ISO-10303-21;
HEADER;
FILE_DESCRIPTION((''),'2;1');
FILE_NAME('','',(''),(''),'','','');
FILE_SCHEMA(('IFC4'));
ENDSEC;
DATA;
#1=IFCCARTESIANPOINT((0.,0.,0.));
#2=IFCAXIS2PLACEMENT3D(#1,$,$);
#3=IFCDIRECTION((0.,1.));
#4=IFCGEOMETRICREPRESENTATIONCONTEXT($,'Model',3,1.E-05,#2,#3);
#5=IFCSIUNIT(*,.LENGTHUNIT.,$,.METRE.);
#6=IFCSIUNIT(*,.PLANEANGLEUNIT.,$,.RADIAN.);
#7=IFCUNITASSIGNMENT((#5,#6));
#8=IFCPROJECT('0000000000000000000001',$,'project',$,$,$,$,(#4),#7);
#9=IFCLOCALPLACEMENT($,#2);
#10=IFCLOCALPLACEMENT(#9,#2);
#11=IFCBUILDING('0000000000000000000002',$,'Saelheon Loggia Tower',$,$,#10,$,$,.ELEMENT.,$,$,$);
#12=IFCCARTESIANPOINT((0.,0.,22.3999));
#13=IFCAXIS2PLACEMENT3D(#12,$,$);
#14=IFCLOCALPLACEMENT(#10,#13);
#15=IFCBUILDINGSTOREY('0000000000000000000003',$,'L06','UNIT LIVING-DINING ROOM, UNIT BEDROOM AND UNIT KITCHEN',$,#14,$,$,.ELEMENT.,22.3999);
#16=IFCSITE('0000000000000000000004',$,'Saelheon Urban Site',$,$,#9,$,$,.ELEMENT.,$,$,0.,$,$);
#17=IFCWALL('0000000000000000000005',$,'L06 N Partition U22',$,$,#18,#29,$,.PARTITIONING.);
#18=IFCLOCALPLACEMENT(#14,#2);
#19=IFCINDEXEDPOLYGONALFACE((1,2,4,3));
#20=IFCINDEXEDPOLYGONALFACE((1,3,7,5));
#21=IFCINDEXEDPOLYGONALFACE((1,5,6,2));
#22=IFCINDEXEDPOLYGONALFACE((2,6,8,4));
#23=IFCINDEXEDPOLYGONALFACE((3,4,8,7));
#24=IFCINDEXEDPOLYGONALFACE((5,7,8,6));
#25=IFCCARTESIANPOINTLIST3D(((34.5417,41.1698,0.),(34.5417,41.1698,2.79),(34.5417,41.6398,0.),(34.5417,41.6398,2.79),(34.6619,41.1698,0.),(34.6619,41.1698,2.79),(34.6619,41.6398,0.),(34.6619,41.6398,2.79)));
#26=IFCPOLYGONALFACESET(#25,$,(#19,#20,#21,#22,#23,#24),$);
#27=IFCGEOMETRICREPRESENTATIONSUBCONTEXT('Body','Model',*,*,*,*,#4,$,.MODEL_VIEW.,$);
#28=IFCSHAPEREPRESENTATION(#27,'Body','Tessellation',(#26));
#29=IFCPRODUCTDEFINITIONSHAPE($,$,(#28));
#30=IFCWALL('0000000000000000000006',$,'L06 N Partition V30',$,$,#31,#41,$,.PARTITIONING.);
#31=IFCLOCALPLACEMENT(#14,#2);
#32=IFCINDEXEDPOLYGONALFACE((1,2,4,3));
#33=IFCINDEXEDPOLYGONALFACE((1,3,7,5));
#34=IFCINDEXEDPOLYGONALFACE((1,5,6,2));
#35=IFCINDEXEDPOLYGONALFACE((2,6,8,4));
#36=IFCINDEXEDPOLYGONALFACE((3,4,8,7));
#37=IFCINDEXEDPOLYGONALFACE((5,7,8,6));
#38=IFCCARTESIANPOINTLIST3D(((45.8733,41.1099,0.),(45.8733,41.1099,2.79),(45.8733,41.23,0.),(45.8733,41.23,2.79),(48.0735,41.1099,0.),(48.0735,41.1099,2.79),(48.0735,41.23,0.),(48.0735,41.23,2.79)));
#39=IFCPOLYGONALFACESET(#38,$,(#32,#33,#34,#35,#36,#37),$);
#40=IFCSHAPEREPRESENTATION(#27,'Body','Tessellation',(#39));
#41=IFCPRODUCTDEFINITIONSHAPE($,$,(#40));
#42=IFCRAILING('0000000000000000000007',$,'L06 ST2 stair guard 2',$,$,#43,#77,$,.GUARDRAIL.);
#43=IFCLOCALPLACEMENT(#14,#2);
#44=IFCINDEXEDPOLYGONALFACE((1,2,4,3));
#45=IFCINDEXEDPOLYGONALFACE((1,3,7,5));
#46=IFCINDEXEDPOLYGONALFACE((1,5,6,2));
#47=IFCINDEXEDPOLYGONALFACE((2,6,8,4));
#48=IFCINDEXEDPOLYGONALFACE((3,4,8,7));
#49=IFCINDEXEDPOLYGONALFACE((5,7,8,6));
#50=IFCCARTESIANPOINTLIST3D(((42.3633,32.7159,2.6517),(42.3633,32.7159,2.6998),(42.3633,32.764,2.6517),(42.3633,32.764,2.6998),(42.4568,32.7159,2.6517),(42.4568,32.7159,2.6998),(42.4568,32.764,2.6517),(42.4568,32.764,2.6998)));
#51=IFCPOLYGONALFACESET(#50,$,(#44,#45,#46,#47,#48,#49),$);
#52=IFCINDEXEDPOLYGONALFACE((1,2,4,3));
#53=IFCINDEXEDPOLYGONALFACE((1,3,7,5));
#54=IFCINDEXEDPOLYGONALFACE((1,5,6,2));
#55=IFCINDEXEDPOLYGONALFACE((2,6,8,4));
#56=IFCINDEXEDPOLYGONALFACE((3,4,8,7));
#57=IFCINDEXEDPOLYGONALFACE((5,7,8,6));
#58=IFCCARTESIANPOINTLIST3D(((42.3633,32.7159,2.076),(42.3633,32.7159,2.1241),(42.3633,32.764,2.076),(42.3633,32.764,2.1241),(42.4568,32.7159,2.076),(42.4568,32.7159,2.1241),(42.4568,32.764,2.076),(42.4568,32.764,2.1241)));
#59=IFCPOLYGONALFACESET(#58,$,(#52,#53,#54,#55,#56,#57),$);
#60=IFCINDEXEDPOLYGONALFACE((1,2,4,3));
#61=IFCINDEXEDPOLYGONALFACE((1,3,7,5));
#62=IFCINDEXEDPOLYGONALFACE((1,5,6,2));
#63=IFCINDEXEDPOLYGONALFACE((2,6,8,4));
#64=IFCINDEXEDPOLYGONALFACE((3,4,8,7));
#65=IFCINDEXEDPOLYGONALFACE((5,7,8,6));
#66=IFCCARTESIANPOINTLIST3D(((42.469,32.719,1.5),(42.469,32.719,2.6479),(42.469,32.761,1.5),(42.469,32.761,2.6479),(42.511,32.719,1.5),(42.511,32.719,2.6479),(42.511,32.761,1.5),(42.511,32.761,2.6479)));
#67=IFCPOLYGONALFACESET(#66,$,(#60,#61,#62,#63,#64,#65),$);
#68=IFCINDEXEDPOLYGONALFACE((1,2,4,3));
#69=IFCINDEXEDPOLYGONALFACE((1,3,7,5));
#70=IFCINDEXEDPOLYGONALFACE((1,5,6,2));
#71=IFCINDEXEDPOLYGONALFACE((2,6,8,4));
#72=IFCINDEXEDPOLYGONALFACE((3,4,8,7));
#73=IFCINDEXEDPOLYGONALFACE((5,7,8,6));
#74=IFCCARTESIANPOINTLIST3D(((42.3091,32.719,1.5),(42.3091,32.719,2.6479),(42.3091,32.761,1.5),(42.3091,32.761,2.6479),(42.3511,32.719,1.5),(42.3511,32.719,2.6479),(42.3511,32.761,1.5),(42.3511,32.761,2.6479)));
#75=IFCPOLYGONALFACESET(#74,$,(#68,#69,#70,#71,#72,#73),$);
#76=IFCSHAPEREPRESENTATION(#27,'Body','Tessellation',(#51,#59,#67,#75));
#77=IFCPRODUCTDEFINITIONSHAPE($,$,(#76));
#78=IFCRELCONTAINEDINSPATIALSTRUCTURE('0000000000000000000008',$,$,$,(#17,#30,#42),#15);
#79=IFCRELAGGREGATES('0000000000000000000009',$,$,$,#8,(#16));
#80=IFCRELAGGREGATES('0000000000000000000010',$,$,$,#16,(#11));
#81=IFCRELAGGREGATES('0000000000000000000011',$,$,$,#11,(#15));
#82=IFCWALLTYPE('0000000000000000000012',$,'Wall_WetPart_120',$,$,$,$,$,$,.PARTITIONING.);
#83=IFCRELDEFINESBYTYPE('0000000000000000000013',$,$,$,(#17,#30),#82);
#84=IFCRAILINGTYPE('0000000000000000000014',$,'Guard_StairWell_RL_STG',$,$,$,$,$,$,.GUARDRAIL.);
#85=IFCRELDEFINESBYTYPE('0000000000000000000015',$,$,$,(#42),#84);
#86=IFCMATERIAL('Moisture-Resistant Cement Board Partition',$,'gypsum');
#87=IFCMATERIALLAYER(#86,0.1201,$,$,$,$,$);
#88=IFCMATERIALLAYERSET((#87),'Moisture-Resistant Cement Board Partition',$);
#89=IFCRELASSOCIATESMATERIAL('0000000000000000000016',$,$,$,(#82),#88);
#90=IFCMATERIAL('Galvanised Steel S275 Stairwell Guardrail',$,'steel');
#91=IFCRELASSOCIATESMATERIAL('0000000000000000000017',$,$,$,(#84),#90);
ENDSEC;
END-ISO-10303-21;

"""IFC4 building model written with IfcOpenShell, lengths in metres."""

from ifc_helpers import new_model, si_unit, direction, frame, frame_2d, origin, origin_2d, place, context, subcontext, project, spatial, rectangle, extrude, material, layer, layer_set, type_object, element, save


model = new_model("IFC4")

# Units and contexts
model_context = context("Model", 3, precision=1e-05, world=origin(), true_north=direction((0.0, 1.0)))
body_context = subcontext(model_context, "Body", "Model", "MODEL_VIEW")
ifc_project = project(units=[si_unit("LENGTHUNIT", "METRE"), si_unit("PLANEANGLEUNIT", "RADIAN")], contexts=[model_context])

# Site, building, storey
site_placement = place(None, origin())
site = spatial("IfcSite", under=ifc_project, at=site_placement, Name="Saelheon Urban Site", CompositionType="ELEMENT", RefElevation=0.0)
building_placement = place(site_placement, origin())
building = spatial("IfcBuilding", under=site, at=building_placement, Name="Saelheon Loggia Tower", CompositionType="ELEMENT")
storey_placement = place(building_placement, frame((0.0, 0.0, 22.3999)))
storey = spatial("IfcBuildingStorey", under=building, at=storey_placement, Name="L06", Description="UNIT LIVING-DINING ROOM, UNIT BEDROOM AND UNIT KITCHEN", CompositionType="ELEMENT", Elevation=22.3999)

# Shared definitions
ifc_material_1 = material(Name="Moisture-Resistant Cement Board Partition", Category="gypsum")
ifc_layer_1 = layer(ifc_material_1, 0.1201)
ifc_layer_set_1 = layer_set([ifc_layer_1], Name="Moisture-Resistant Cement Board Partition")
wall_type_1 = type_object("IfcWallType", Name="Wall_WetPart_120", PredefinedType="PARTITIONING", material=ifc_layer_set_1)

# Walls
wall_1_placement = place(storey_placement, frame((34.6018, 41.1699, 0.0), z_axis=(0.0, 0.0, 1.0), x_axis=(0.0, 1.0, 0.0)))
element("IfcWall", 1, at=wall_1_placement, inside=storey, type_object=wall_type_1, Name="L06 N Partition U22", PredefinedType="PARTITIONING", context=body_context, shape_type="SweptSolid", body=[
    extrude(rectangle(XDim=0.47, YDim=0.1201, at=frame_2d((0.2349, 0.0))), origin(), (0.0, 0.0, 1.0), 2.79),
])
wall_2_placement = place(storey_placement, frame((45.8733, 41.1699, 0.0), z_axis=(0.0, 0.0, 1.0), x_axis=(1.0, 0.0, 0.0)))
element("IfcWall", 2, at=wall_2_placement, inside=storey, type_object=wall_type_1, Name="L06 N Partition V30", PredefinedType="PARTITIONING", context=body_context, shape_type="SweptSolid", body=[
    extrude(rectangle(XDim=2.2002, YDim=0.1201, at=frame_2d((1.1001, 0.0))), origin(), (0.0, 0.0, 1.0), 2.79),
])

# Railing
ifc_material_2 = material(Name="Galvanised Steel S275 Stairwell Guardrail", Category="steel")
railing_type = type_object("IfcRailingType", Name="Guard_StairWell_RL_STG", PredefinedType="GUARDRAIL", material=ifc_material_2)
railing_placement = place(storey_placement, frame((42.49, 32.74, 1.5)))
element("IfcRailing", 3, at=railing_placement, inside=storey, type_object=railing_type, Name="L06 ST2 stair guard 2", PredefinedType="GUARDRAIL", context=body_context, shape_type="SweptSolid", body=[
    extrude(rectangle(XDim=0.0481, YDim=0.0481, at=origin_2d()), frame((-0.0332, 0.0, 1.1758), z_axis=(-1.0, 0.0, 0.0), x_axis=(0.0, -1.0, 0.0)), (0.0, 0.0, 1.0), 0.0935),
    extrude(rectangle(XDim=0.0481, YDim=0.0481, at=origin_2d()), frame((-0.0332, 0.0, 0.6001), z_axis=(-1.0, 0.0, 0.0), x_axis=(0.0, -1.0, 0.0)), (0.0, 0.0, 1.0), 0.0935),
    extrude(rectangle(XDim=0.042, YDim=0.042, at=origin_2d()), origin(), (0.0, 0.0, 1.0), 1.1479),
    extrude(rectangle(XDim=0.042, YDim=0.042, at=origin_2d()), frame((-0.1599, 0.0, 0.0)), (0.0, 0.0, 1.0), 1.1479),
])

save(model, "model.ifc")
